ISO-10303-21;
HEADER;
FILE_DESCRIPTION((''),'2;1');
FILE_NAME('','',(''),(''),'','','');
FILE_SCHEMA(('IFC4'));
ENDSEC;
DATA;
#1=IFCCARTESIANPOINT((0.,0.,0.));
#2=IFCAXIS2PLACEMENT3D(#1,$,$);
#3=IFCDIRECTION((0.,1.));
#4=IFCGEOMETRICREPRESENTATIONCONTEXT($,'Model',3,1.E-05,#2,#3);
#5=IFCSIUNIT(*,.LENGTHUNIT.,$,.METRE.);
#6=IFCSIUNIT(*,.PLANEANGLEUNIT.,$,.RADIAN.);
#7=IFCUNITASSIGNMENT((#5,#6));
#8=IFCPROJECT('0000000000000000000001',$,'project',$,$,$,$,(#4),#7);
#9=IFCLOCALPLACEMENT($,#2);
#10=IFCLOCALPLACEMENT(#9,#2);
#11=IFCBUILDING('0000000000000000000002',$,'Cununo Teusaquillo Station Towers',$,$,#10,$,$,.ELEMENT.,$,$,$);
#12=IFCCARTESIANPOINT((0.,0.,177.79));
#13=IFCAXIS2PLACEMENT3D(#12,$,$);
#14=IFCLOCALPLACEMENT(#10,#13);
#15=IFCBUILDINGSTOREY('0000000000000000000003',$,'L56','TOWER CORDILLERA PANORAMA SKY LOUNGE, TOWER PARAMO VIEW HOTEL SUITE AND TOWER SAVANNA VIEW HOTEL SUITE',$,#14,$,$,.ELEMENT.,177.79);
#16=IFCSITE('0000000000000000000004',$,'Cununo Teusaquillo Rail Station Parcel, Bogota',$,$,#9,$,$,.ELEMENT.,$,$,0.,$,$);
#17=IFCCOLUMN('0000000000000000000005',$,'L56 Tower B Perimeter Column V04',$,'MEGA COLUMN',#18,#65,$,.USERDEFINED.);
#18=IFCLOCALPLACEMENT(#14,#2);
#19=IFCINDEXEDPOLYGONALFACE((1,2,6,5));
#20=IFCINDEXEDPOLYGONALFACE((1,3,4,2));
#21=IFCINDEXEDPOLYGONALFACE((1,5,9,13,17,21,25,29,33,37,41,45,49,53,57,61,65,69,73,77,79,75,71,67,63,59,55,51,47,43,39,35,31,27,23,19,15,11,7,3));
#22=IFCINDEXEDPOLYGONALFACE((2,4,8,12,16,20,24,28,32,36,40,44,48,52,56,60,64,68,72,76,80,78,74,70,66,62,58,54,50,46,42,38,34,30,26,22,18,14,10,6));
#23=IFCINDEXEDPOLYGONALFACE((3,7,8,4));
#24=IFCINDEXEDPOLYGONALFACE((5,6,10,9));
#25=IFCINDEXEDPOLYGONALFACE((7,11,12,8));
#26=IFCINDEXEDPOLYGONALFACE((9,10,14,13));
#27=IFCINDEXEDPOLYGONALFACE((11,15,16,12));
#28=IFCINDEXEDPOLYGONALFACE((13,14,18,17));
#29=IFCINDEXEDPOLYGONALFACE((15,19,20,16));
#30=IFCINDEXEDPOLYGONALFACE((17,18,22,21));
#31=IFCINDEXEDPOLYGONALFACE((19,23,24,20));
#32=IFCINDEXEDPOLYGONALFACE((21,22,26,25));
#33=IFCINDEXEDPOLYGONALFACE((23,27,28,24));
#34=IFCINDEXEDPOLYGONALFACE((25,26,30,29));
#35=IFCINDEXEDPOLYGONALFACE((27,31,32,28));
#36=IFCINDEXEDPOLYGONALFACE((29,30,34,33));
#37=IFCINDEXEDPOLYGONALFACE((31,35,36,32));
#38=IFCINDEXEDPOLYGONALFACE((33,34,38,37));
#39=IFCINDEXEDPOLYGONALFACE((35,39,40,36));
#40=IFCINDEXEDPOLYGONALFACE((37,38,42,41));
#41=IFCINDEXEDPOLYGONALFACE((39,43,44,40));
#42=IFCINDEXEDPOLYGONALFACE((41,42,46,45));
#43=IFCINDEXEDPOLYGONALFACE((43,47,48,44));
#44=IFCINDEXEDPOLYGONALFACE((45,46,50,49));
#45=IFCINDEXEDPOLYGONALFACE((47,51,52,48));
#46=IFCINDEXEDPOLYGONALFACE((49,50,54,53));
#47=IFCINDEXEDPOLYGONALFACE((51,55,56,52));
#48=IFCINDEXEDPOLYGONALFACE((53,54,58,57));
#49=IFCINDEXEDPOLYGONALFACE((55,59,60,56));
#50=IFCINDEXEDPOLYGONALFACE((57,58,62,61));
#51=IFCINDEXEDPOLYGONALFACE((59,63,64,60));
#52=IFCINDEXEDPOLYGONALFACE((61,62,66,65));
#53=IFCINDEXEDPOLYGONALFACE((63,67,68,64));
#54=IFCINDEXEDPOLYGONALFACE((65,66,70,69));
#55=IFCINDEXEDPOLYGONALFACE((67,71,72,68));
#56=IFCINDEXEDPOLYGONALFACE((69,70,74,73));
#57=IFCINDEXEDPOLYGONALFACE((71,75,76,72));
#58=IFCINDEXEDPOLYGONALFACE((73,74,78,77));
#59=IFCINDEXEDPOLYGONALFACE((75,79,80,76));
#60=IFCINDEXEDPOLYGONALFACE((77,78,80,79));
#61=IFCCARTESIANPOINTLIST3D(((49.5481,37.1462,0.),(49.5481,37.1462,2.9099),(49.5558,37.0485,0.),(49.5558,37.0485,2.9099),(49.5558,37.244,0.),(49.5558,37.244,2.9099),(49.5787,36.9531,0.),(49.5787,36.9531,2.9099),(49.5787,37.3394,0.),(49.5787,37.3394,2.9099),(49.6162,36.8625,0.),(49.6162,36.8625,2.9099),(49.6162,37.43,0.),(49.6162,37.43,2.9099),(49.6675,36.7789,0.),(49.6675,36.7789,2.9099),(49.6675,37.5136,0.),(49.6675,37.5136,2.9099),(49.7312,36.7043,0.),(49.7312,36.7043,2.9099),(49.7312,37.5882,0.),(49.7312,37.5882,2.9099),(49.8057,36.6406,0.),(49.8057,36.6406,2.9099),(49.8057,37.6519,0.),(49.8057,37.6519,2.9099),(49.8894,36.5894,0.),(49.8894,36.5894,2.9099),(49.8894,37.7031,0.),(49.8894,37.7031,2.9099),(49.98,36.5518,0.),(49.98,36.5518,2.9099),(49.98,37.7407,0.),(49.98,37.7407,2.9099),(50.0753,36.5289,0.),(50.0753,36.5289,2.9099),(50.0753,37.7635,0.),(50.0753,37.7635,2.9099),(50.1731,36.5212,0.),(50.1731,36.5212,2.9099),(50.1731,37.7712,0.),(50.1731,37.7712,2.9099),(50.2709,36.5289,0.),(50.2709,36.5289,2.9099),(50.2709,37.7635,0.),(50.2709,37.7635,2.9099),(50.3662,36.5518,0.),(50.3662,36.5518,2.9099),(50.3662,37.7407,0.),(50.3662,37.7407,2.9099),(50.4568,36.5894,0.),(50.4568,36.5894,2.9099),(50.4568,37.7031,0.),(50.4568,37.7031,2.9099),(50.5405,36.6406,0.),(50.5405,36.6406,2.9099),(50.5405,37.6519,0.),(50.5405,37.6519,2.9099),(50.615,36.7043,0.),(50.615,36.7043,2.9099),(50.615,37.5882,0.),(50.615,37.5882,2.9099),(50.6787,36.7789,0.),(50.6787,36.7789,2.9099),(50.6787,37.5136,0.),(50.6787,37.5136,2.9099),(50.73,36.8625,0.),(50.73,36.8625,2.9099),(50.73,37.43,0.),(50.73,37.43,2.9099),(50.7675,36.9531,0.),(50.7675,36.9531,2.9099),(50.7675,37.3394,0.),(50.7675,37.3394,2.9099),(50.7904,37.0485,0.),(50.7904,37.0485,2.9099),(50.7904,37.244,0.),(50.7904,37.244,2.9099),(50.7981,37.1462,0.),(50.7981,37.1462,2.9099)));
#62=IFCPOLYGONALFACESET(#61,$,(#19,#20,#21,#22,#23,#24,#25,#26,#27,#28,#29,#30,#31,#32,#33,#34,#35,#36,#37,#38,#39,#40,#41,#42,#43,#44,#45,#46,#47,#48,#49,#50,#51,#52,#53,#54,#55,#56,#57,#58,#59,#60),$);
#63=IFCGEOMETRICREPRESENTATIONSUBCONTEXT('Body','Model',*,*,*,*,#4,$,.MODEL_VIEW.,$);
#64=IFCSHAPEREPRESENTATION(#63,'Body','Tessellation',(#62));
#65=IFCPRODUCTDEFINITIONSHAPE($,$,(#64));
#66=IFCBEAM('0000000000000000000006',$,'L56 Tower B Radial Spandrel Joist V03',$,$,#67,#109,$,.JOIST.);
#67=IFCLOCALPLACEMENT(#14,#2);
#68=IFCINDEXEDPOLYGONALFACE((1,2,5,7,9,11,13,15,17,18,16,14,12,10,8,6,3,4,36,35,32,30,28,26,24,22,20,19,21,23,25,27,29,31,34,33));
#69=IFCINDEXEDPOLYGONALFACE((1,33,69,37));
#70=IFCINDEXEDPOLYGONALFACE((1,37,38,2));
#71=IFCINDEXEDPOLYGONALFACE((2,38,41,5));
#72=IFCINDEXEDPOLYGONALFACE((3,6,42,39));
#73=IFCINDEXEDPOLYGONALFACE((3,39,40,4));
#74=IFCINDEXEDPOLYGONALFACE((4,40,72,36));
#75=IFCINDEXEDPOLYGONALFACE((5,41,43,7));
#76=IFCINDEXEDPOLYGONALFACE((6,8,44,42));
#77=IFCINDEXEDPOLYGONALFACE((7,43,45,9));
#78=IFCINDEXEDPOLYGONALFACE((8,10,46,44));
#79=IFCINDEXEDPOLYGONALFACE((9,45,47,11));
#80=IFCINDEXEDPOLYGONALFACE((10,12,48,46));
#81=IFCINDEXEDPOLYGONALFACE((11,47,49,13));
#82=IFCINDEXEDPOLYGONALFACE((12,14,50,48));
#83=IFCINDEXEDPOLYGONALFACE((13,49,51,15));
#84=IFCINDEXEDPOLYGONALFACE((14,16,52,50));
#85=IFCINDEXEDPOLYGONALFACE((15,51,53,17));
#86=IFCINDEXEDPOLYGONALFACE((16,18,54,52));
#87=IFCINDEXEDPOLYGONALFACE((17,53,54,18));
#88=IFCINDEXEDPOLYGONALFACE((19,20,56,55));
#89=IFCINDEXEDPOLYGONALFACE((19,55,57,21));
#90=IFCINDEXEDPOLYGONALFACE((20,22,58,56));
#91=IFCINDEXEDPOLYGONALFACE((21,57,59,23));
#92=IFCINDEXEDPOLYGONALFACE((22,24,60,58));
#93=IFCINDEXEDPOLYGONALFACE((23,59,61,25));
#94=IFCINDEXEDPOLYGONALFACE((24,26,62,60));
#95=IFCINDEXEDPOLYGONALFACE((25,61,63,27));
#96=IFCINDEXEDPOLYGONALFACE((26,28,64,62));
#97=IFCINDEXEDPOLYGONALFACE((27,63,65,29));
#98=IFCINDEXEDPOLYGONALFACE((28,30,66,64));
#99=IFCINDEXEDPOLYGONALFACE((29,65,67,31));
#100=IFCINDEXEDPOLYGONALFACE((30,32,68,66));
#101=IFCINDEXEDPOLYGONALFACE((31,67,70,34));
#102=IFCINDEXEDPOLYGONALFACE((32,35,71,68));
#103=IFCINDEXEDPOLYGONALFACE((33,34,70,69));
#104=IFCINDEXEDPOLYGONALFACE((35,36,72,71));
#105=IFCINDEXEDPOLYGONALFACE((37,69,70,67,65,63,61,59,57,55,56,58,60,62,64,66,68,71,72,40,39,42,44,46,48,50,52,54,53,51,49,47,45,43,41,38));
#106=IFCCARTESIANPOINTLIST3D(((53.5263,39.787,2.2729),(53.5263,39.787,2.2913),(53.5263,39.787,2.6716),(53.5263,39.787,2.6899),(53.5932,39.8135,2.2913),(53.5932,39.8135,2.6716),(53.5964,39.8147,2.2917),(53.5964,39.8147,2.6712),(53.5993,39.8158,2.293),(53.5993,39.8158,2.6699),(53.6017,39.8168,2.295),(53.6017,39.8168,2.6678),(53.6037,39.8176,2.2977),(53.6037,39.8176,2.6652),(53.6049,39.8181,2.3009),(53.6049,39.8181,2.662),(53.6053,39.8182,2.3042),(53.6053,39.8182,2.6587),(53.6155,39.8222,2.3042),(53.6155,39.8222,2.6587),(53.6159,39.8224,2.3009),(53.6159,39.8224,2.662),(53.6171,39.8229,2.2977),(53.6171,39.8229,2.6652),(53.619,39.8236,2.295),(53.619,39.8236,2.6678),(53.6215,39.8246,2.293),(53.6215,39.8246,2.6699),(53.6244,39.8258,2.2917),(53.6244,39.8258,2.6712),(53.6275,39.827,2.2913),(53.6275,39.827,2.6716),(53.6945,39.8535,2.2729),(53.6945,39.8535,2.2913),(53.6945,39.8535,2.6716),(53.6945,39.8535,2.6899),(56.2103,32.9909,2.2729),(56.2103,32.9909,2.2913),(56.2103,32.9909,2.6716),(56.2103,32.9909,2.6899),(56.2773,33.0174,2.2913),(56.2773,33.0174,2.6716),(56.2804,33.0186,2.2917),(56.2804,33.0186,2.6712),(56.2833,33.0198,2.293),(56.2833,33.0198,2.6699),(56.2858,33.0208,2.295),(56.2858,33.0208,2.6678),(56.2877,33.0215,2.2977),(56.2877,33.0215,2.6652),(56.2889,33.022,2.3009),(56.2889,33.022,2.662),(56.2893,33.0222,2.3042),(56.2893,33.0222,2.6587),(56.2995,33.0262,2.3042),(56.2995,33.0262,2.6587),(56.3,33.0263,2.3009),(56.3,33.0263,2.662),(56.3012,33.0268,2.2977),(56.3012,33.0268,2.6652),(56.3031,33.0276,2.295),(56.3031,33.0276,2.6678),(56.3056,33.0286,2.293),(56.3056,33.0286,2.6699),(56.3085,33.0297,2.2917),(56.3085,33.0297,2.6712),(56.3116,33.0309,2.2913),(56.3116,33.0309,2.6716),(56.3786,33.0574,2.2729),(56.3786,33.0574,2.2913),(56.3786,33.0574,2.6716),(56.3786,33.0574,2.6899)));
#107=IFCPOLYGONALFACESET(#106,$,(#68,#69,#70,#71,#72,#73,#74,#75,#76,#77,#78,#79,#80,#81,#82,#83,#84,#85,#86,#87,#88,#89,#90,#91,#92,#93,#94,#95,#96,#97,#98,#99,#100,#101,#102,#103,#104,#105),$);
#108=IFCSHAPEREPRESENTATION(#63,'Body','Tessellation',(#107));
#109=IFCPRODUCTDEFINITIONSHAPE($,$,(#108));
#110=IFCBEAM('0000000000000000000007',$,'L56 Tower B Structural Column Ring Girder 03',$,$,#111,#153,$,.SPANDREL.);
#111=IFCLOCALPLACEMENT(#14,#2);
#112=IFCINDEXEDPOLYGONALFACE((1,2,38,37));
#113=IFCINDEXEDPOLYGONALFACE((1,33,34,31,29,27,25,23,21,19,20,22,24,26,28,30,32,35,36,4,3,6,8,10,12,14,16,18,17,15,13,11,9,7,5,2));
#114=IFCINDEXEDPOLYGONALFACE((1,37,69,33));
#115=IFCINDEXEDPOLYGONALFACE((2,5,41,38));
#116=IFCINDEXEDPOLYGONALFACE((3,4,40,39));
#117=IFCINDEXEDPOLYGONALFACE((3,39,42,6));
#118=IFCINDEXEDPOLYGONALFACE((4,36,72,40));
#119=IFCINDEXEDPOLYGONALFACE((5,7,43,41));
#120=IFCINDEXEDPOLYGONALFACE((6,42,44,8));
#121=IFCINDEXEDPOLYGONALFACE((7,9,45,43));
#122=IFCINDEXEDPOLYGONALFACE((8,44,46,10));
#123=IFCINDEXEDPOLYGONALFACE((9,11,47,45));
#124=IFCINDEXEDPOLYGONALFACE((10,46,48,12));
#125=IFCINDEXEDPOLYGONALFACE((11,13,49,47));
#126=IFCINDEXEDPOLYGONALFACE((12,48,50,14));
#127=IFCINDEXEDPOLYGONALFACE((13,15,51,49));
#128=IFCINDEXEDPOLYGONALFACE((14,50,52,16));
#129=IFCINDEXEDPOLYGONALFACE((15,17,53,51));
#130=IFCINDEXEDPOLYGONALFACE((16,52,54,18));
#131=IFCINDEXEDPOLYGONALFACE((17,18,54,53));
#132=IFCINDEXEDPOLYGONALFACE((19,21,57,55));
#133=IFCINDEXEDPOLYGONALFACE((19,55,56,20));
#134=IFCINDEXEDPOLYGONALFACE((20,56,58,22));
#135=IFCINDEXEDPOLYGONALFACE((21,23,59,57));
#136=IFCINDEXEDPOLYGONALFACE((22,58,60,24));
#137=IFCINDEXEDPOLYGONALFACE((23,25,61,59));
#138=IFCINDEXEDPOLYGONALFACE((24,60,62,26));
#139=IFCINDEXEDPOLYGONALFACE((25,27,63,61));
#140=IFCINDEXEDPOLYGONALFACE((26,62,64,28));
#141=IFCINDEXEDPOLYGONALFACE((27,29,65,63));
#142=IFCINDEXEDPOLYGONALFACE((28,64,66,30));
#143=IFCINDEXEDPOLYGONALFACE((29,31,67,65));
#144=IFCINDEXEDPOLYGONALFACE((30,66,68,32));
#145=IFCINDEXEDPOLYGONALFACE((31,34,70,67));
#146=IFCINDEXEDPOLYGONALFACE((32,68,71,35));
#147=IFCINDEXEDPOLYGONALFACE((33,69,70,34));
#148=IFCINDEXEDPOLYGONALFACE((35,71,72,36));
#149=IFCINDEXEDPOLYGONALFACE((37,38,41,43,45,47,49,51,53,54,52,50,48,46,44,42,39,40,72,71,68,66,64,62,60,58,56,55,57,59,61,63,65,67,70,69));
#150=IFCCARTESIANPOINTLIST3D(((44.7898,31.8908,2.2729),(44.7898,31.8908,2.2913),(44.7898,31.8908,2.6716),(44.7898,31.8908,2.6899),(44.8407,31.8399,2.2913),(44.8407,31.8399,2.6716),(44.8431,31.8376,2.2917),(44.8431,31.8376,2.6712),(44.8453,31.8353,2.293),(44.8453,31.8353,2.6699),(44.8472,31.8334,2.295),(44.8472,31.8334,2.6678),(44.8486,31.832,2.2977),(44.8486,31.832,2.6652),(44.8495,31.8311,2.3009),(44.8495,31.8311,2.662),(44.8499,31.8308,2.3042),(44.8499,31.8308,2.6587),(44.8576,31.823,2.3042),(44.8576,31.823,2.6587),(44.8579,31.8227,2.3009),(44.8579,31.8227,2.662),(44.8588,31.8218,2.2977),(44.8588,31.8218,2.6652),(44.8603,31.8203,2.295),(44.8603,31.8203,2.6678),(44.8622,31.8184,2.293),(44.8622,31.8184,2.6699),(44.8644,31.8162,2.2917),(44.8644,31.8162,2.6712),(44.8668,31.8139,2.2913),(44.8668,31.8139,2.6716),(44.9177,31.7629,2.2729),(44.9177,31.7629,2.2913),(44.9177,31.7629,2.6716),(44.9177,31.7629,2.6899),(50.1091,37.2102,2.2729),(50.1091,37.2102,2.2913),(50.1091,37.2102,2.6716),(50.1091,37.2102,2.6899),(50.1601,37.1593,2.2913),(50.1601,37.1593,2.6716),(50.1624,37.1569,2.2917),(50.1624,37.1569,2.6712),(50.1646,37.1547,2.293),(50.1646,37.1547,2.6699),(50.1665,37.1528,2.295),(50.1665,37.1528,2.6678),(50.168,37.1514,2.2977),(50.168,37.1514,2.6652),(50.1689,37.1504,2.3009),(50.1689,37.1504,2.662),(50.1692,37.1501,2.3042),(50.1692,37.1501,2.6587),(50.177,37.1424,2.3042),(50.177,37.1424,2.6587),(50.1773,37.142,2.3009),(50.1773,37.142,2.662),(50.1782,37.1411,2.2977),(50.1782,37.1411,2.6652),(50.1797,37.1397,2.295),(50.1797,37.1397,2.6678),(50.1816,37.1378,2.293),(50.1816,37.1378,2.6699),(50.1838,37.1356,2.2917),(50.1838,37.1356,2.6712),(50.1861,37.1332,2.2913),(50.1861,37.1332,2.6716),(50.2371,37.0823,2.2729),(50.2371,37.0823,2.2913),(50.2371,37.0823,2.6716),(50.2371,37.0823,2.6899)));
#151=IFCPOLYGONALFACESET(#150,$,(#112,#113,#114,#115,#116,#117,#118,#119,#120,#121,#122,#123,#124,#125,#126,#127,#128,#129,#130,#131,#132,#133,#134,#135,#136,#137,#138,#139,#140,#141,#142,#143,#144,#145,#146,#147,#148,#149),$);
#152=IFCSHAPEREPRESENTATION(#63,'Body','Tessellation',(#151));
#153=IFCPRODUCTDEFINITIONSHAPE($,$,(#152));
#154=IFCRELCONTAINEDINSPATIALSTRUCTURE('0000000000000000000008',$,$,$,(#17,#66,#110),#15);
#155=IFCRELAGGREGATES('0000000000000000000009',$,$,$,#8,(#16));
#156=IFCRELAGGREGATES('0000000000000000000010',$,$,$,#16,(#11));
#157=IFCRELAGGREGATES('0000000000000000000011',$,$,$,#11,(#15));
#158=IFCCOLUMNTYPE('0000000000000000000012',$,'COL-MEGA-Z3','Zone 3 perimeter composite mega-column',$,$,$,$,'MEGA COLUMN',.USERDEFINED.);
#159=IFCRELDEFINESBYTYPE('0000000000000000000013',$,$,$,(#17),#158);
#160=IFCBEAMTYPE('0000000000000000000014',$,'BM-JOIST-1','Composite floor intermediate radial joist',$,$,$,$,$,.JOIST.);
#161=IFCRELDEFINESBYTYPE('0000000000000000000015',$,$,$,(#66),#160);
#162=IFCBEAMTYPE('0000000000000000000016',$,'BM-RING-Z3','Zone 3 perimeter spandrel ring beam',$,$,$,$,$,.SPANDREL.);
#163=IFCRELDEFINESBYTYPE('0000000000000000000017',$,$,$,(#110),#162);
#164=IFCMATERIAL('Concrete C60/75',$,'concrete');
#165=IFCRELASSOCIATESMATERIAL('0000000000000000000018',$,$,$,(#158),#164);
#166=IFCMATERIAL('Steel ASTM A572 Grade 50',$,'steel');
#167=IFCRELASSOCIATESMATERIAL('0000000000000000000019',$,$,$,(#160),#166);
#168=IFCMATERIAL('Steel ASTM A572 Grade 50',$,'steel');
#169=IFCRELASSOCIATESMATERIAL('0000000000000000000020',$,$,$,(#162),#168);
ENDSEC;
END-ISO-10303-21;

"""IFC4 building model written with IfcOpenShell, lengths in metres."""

from ifc_helpers import new_model, si_unit, direction, frame, origin, origin_2d, place, context, subcontext, project, spatial, circle, i_section, extrude, material, material_profile, profile_set, type_object, element, save


model = new_model("IFC4")

# Units and contexts
model_context = context("Model", 3, precision=1e-05, world=origin(), true_north=direction((0.0, 1.0)))
body_context = subcontext(model_context, "Body", "Model", "MODEL_VIEW")
ifc_project = project(units=[si_unit("LENGTHUNIT", "METRE"), si_unit("PLANEANGLEUNIT", "RADIAN")], contexts=[model_context])

# Site, building, storey
site_placement = place(None, origin())
site = spatial("IfcSite", under=ifc_project, at=site_placement, Name="Cununo Teusaquillo Rail Station Parcel, Bogota", CompositionType="ELEMENT", RefElevation=0.0)
building_placement = place(site_placement, origin())
building = spatial("IfcBuilding", under=site, at=building_placement, Name="Cununo Teusaquillo Station Towers", CompositionType="ELEMENT")
storey_placement = place(building_placement, frame((0.0, 0.0, 177.79)))
storey = spatial("IfcBuildingStorey", under=building, at=storey_placement, Name="L56", Description="TOWER CORDILLERA PANORAMA SKY LOUNGE, TOWER PARAMO VIEW HOTEL SUITE AND TOWER SAVANNA VIEW HOTEL SUITE", CompositionType="ELEMENT", Elevation=177.79)

# Column
ifc_material_1 = material(Name="Concrete C60/75", Category="concrete")
ifc_material_profile_1 = material_profile(ifc_material_1, circle(Radius=0.625, at=origin_2d()), Name="RC-CIRC-1250")
ifc_profile_set_1 = profile_set([ifc_material_profile_1], Name="Concrete C60/75")
column_type = type_object("IfcColumnType", Name="COL-MEGA-Z3", Description="Zone 3 perimeter composite mega-column", ElementType="MEGA COLUMN", PredefinedType="USERDEFINED", material=ifc_profile_set_1)
column_placement = place(storey_placement, frame((50.1731, 37.1462, 0.0), z_axis=(0.0, 0.0, 1.0), x_axis=(1.0, 0.0, 0.0)))
element("IfcColumn", 1, at=column_placement, inside=storey, type_object=column_type, Name="L56 Tower B Perimeter Column V04", ObjectType="MEGA COLUMN", PredefinedType="USERDEFINED", context=body_context, shape_type="SweptSolid", body=[
    extrude(circle(Radius=0.625, at=origin_2d()), origin(), (0.0, 0.0, 1.0), 2.9099),
])

# Beams
ifc_material_2 = material(Name="Steel ASTM A572 Grade 50", Category="steel")
ifc_material_profile_2 = material_profile(ifc_material_2, i_section(OverallWidth=0.1809, OverallDepth=0.417, WebThickness=0.011, FlangeThickness=0.0183, FilletRadius=0.0129, at=origin_2d()), Name="W16X57")
ifc_profile_set_2 = profile_set([ifc_material_profile_2], Name="Steel ASTM A572 Grade 50")
beam_type_1 = type_object("IfcBeamType", Name="BM-JOIST-1", Description="Composite floor intermediate radial joist", PredefinedType="JOIST", material=ifc_profile_set_2)
beam_1_placement = place(storey_placement, frame((56.2944, 33.0242, 2.4814), z_axis=(-0.367332, 0.93009, 0.0), x_axis=(-0.93009, -0.367332, 0.0)))
element("IfcBeam", 2, at=beam_1_placement, inside=storey, type_object=beam_type_1, Name="L56 Tower B Radial Spandrel Joist V03", PredefinedType="JOIST", context=body_context, shape_type="SweptSolid", body=[
    extrude(i_section(OverallWidth=0.1809, OverallDepth=0.417, WebThickness=0.011, FlangeThickness=0.0183, FilletRadius=0.0129, at=origin_2d()), origin(), (0.0, 0.0, 1.0), 7.3069),
])
ifc_material_3 = material(Name="Steel ASTM A572 Grade 50", Category="steel")
ifc_material_profile_3 = material_profile(ifc_material_3, i_section(OverallWidth=0.1809, OverallDepth=0.417, WebThickness=0.011, FlangeThickness=0.0183, FilletRadius=0.0129, at=origin_2d()), Name="W16X57")
ifc_profile_set_3 = profile_set([ifc_material_profile_3], Name="Steel ASTM A572 Grade 50")
beam_type_2 = type_object("IfcBeamType", Name="BM-RING-Z3", Description="Zone 3 perimeter spandrel ring beam", PredefinedType="SPANDREL", material=ifc_profile_set_3)
beam_2_placement = place(storey_placement, frame((50.1731, 37.1462, 2.4814), z_axis=(-0.707107, -0.707107, 0.0), x_axis=(0.707107, -0.707107, 0.0)))
element("IfcBeam", 3, at=beam_2_placement, inside=storey, type_object=beam_type_2, Name="L56 Tower B Structural Column Ring Girder 03", PredefinedType="SPANDREL", context=body_context, shape_type="SweptSolid", body=[
    extrude(i_section(OverallWidth=0.1809, OverallDepth=0.417, WebThickness=0.011, FlangeThickness=0.0183, FilletRadius=0.0129, at=origin_2d()), origin(), (0.0, 0.0, 1.0), 7.5227),
])

save(model, "model.ifc")
